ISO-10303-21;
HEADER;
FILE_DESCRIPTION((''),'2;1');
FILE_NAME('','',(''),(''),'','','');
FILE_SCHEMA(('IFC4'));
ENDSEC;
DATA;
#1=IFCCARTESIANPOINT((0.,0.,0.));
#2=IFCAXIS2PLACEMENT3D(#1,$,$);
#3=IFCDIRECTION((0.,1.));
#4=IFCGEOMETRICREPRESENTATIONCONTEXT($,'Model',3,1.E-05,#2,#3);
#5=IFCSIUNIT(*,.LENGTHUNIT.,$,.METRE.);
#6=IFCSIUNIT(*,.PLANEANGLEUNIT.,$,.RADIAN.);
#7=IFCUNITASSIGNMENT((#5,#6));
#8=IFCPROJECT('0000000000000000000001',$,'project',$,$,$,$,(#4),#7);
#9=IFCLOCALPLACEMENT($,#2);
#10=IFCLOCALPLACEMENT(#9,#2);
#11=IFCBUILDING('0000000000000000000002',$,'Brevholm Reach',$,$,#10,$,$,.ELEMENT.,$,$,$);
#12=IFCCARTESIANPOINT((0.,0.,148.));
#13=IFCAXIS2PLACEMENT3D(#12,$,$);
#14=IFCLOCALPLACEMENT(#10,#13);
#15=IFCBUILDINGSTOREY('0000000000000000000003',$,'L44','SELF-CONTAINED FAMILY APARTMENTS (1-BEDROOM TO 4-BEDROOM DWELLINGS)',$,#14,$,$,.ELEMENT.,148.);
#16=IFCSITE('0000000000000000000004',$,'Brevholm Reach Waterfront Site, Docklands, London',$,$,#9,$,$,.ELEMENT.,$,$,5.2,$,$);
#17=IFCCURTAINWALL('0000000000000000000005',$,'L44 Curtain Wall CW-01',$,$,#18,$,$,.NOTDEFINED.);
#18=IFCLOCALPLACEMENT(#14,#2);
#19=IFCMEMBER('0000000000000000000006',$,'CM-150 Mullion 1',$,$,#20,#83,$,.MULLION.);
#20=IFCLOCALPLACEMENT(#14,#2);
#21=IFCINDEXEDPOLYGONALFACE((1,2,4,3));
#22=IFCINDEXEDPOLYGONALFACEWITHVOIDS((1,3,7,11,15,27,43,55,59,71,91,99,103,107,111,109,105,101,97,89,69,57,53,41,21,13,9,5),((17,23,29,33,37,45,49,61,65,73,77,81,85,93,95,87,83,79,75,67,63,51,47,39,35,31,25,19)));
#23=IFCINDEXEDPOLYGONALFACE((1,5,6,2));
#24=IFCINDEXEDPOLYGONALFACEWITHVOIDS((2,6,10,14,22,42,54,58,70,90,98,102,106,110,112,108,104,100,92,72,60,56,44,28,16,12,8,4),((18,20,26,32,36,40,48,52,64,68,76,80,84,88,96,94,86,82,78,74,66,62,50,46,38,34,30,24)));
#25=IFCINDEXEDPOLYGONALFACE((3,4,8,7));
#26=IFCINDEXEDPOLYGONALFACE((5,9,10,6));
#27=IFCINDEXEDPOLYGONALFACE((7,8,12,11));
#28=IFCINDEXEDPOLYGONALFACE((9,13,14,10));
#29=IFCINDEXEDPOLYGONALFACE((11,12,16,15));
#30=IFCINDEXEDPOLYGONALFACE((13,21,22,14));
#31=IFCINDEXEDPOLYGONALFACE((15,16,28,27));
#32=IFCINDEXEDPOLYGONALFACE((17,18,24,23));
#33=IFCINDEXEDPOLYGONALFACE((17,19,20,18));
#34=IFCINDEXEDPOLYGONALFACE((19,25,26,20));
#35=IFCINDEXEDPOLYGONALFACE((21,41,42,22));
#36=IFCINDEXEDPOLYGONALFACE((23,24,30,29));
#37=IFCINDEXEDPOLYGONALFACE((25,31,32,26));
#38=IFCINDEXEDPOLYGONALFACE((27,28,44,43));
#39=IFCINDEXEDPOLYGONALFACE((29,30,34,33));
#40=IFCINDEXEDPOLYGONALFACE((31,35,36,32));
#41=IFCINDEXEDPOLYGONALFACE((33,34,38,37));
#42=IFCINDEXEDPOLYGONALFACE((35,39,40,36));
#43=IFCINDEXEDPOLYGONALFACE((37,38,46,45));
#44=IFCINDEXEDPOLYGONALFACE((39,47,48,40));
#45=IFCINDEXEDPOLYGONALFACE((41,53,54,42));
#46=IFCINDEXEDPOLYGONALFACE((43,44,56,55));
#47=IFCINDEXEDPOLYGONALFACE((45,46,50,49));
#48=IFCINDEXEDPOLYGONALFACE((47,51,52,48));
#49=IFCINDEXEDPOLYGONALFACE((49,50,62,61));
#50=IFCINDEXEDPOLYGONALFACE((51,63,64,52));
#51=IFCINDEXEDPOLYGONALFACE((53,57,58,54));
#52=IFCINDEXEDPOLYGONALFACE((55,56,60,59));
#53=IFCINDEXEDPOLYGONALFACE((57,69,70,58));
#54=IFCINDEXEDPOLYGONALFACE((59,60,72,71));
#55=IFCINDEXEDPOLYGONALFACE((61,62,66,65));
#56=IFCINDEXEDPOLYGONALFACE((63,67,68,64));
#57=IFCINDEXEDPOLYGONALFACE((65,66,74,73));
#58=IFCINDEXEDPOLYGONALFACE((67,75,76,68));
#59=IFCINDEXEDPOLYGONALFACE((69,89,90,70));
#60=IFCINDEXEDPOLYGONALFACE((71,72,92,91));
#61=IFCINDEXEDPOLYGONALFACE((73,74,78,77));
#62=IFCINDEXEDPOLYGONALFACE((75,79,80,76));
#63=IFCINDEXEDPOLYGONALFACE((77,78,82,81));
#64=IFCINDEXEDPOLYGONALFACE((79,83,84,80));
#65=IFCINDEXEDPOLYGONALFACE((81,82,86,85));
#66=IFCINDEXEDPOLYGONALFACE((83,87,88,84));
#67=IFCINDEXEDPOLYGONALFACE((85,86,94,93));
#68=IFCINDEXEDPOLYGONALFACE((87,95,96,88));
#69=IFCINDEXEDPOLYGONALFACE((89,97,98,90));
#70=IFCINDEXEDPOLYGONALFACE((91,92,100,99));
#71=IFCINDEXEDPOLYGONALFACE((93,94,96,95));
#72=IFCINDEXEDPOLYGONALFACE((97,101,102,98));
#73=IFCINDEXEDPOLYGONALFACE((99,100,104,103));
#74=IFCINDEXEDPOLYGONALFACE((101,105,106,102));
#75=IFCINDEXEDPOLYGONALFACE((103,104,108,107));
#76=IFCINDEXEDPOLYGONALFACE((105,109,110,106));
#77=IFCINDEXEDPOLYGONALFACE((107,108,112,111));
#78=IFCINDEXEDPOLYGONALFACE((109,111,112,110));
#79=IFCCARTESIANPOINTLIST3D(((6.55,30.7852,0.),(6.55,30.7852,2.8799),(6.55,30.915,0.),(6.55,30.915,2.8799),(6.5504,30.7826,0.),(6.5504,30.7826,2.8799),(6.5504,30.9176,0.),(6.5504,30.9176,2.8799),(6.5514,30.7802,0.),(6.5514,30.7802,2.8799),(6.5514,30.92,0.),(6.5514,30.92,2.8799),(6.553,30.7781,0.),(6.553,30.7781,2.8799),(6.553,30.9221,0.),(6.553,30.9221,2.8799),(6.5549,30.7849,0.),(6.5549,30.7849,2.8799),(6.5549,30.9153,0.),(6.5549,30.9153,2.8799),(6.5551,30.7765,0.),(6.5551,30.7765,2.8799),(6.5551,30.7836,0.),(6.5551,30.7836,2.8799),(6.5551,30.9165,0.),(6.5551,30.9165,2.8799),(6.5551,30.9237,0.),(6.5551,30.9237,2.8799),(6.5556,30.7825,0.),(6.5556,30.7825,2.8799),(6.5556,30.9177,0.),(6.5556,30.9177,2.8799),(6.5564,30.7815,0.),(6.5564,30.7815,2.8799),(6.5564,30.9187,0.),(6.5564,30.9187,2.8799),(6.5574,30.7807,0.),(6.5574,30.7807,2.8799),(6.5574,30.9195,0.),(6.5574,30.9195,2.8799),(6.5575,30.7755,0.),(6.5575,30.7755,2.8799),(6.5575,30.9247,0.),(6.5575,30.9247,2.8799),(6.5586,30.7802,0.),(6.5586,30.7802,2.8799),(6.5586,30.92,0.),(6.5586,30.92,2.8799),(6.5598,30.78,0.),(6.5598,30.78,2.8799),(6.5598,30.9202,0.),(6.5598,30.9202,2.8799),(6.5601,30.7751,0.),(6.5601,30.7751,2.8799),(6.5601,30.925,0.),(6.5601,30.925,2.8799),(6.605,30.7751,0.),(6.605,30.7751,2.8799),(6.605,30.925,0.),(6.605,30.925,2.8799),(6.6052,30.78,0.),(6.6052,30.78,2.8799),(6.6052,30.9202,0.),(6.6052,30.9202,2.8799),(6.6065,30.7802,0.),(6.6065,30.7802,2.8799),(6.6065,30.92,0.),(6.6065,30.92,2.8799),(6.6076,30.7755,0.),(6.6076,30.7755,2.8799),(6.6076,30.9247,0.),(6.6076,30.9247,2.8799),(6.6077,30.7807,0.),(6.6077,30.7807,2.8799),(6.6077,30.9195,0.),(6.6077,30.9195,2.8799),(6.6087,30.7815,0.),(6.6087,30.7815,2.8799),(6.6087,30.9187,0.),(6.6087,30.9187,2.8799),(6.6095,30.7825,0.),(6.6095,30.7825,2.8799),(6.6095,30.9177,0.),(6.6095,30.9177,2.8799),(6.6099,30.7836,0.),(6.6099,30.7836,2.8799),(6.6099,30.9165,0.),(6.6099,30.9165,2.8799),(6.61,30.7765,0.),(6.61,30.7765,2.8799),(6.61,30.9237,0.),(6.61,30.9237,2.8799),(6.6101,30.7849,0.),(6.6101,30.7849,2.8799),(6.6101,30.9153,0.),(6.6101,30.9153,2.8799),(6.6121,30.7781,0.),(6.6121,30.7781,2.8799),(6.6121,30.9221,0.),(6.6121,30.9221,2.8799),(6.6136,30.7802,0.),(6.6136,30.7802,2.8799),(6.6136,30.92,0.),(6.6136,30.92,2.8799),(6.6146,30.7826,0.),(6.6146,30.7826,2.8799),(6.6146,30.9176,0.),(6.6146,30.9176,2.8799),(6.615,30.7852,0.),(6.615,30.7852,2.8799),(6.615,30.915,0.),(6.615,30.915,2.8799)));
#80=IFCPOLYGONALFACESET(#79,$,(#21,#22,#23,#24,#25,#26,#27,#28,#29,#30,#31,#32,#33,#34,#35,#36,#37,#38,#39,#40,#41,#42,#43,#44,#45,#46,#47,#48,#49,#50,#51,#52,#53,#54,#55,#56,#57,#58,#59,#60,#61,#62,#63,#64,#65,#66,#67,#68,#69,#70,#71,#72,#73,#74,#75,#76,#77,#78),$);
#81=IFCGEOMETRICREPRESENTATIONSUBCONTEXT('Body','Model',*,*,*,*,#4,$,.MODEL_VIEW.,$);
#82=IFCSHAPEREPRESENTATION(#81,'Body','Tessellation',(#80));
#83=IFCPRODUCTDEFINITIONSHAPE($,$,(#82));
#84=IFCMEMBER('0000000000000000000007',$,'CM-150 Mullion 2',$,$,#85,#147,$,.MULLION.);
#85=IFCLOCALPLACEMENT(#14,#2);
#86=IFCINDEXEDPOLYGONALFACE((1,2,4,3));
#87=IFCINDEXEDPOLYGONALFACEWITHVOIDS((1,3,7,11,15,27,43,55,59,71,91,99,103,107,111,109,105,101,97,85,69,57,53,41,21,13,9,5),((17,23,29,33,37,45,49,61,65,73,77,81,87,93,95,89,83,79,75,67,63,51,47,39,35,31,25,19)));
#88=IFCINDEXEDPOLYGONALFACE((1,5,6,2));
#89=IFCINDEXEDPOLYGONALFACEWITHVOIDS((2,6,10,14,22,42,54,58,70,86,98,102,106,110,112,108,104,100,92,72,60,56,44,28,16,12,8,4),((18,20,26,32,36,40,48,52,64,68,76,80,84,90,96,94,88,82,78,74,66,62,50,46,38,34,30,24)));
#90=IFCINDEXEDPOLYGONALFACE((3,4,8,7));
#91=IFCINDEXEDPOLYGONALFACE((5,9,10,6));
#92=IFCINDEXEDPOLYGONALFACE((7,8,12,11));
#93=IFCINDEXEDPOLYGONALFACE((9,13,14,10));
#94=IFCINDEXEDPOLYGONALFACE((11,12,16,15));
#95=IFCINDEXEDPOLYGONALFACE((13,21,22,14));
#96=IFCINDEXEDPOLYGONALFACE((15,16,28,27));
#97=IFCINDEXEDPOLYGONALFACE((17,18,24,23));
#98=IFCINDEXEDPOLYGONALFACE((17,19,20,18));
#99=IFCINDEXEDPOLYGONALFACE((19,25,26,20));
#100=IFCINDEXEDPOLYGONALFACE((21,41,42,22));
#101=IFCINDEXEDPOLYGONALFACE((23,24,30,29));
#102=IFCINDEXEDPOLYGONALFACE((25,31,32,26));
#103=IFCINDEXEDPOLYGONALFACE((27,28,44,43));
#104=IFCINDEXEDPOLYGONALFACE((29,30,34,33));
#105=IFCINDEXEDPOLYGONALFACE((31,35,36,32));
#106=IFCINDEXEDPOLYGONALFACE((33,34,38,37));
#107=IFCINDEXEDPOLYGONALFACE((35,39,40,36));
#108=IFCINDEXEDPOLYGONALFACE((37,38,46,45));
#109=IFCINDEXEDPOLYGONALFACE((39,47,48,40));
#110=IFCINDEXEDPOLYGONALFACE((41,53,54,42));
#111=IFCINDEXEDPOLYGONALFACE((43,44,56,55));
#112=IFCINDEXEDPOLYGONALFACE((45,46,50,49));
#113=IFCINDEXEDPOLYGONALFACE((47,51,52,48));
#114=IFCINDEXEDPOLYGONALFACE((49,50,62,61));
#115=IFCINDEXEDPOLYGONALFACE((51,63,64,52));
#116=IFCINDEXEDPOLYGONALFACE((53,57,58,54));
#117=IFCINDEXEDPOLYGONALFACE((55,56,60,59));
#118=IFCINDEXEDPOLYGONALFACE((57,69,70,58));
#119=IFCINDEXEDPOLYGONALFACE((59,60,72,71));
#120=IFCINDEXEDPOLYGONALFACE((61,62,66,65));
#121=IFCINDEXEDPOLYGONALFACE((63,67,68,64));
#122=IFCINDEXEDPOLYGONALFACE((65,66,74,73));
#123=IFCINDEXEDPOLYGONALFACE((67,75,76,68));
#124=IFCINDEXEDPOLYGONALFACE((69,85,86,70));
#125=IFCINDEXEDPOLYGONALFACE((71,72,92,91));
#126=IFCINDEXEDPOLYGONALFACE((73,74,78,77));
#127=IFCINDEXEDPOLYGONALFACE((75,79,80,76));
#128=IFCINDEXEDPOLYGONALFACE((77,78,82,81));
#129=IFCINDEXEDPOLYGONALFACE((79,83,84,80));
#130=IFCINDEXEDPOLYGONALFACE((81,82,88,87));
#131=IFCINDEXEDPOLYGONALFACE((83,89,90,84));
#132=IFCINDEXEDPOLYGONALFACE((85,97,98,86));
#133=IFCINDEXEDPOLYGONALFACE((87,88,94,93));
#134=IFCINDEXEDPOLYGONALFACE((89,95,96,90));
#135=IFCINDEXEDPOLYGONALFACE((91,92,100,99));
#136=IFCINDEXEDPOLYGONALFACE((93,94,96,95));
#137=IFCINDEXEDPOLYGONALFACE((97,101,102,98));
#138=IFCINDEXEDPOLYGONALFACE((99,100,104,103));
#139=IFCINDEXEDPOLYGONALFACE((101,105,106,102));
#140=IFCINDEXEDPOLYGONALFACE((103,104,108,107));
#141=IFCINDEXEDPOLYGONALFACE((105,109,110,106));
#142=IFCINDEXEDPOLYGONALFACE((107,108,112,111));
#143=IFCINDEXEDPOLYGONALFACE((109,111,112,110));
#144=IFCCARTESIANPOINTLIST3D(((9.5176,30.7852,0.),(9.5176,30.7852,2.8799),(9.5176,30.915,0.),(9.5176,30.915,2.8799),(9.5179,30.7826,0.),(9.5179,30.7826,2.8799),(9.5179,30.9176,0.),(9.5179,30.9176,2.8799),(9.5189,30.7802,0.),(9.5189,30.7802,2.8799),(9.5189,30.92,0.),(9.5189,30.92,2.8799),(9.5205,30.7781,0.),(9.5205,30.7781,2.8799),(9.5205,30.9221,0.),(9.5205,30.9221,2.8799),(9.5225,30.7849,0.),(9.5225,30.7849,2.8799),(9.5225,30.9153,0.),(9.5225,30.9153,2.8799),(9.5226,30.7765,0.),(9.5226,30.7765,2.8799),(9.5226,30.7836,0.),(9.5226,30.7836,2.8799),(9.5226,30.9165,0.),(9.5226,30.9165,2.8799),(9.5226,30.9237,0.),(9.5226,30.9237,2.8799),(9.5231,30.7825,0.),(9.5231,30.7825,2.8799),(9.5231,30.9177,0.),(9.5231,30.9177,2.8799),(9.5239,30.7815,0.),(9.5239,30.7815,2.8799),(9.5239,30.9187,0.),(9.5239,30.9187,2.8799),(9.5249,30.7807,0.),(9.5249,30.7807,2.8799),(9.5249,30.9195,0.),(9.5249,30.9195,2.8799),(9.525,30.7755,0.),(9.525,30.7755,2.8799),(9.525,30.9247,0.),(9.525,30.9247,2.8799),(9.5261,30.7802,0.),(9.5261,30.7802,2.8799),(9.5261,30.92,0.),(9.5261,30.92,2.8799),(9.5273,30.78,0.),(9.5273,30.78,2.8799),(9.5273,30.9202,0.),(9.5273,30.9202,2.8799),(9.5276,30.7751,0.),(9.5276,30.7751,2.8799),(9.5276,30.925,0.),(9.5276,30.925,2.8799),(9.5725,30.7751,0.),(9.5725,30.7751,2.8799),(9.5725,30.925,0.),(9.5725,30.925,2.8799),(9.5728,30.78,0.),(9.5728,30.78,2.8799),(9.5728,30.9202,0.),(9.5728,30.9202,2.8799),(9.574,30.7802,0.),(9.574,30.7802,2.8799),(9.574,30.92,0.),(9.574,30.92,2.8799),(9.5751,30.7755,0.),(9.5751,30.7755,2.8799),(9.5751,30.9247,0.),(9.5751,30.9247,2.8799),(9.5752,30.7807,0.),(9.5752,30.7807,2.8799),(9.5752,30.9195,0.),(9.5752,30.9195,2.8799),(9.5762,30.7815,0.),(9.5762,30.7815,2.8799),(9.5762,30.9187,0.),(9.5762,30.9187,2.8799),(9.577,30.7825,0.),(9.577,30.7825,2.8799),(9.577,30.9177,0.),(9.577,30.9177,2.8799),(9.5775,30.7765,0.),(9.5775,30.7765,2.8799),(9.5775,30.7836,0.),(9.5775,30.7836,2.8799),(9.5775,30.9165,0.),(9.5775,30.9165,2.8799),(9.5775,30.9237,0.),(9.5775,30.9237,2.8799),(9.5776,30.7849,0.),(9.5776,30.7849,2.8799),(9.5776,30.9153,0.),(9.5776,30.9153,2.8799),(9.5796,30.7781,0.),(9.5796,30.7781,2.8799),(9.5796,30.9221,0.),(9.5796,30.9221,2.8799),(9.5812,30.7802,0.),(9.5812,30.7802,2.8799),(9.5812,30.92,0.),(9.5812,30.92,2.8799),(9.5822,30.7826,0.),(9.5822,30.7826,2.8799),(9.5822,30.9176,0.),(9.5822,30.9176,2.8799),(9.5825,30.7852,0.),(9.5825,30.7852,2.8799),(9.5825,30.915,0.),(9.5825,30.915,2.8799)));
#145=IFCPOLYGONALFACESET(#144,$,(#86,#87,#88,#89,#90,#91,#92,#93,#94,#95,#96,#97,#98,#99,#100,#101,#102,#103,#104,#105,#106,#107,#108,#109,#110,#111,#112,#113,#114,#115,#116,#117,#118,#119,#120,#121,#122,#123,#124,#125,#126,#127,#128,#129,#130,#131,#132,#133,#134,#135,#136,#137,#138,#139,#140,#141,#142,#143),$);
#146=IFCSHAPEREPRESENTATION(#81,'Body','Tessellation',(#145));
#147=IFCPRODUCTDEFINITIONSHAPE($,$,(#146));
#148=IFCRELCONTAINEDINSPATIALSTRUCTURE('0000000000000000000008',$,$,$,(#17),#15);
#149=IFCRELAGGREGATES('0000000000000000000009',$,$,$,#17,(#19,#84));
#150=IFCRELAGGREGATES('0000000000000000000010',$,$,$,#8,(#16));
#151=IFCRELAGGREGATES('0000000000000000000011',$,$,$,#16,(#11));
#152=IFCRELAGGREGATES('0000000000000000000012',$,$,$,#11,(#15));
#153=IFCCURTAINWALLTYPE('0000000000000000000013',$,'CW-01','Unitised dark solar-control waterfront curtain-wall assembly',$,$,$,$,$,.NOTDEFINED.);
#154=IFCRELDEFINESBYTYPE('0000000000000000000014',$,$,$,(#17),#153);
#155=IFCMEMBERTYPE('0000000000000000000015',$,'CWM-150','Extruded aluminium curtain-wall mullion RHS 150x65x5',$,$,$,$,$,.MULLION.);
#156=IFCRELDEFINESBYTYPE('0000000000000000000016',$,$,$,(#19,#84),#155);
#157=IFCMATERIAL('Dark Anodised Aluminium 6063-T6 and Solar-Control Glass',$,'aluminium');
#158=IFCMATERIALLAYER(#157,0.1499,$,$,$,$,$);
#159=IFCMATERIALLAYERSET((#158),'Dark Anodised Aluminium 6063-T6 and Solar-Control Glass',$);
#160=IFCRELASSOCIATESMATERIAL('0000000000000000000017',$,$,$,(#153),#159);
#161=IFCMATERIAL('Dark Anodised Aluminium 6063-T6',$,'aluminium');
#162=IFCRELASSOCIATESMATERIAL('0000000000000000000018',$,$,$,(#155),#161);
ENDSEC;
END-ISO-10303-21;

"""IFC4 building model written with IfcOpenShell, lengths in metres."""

from ifc_helpers import new_model, si_unit, direction, frame, origin, origin_2d, place, context, subcontext, project, spatial, hollow_rectangle, extrude, material, layer, layer_set, material_profile, profile_set, type_object, element, aggregate, save


model = new_model("IFC4")

# Units and contexts
model_context = context("Model", 3, precision=1e-05, world=origin(), true_north=direction((0.0, 1.0)))
body_context = subcontext(model_context, "Body", "Model", "MODEL_VIEW")
ifc_project = project(units=[si_unit("LENGTHUNIT", "METRE"), si_unit("PLANEANGLEUNIT", "RADIAN")], contexts=[model_context])

# Site, building, storey
site_placement = place(None, origin())
site = spatial("IfcSite", under=ifc_project, at=site_placement, Name="Brevholm Reach Waterfront Site, Docklands, London", CompositionType="ELEMENT", RefElevation=5.2)
building_placement = place(site_placement, origin())
building = spatial("IfcBuilding", under=site, at=building_placement, Name="Brevholm Reach", CompositionType="ELEMENT")
storey_placement = place(building_placement, frame((0.0, 0.0, 148.0)))
storey = spatial("IfcBuildingStorey", under=building, at=storey_placement, Name="L44", Description="SELF-CONTAINED FAMILY APARTMENTS (1-BEDROOM TO 4-BEDROOM DWELLINGS)", CompositionType="ELEMENT", Elevation=148.0)

# Curtain wall, members
ifc_material_1 = material(Name="Dark Anodised Aluminium 6063-T6 and Solar-Control Glass", Category="aluminium")
ifc_layer_1 = layer(ifc_material_1, 0.1499)
ifc_layer_set_1 = layer_set([ifc_layer_1], Name="Dark Anodised Aluminium 6063-T6 and Solar-Control Glass")
curtain_wall_type = type_object("IfcCurtainWallType", Name="CW-01", Description="Unitised dark solar-control waterfront curtain-wall assembly", PredefinedType="NOTDEFINED", material=ifc_layer_set_1)
curtain_wall_placement = place(storey_placement, origin())
curtain_wall = element("IfcCurtainWall", 1, at=curtain_wall_placement, inside=storey, type_object=curtain_wall_type, Name="L44 Curtain Wall CW-01", PredefinedType="NOTDEFINED")
ifc_material_2 = material(Name="Dark Anodised Aluminium 6063-T6", Category="aluminium")
ifc_material_profile_1 = material_profile(ifc_material_2, hollow_rectangle(XDim=0.0649, YDim=0.1499, WallThickness=0.0049, InnerFilletRadius=0.0049, OuterFilletRadius=0.01, at=origin_2d()), Name="RHS 150x65x5")
ifc_profile_set_1 = profile_set([ifc_material_profile_1], Name="Dark Anodised Aluminium 6063-T6")
member_type_1 = type_object("IfcMemberType", Name="CWM-150", Description="Extruded aluminium curtain-wall mullion RHS 150x65x5", PredefinedType="MULLION", material=ifc_profile_set_1)
member_1_placement = place(storey_placement, frame((6.5825, 30.8501, 0.0), z_axis=(0.0, 0.0, 1.0), x_axis=(1.0, 0.0, 0.0)))
member_1 = element("IfcMember", 2, at=member_1_placement, type_object=member_type_1, Name="CM-150 Mullion 1", PredefinedType="MULLION", context=body_context, shape_type="SweptSolid", body=[
    extrude(hollow_rectangle(XDim=0.0649, YDim=0.1499, WallThickness=0.0049, InnerFilletRadius=0.0049, OuterFilletRadius=0.01, at=origin_2d()), origin(), (0.0, 0.0, 1.0), 2.8799),
])
member_2_placement = place(storey_placement, frame((9.55, 30.8501, 0.0), z_axis=(0.0, 0.0, 1.0), x_axis=(1.0, 0.0, 0.0)))
member_2 = element("IfcMember", 3, at=member_2_placement, type_object=member_type_1, Name="CM-150 Mullion 2", PredefinedType="MULLION", context=body_context, shape_type="SweptSolid", body=[
    extrude(hollow_rectangle(XDim=0.0649, YDim=0.1499, WallThickness=0.0049, InnerFilletRadius=0.0049, OuterFilletRadius=0.01, at=origin_2d()), origin(), (0.0, 0.0, 1.0), 2.8799),
])
aggregate(curtain_wall, [member_1, member_2])

save(model, "model.ifc")
